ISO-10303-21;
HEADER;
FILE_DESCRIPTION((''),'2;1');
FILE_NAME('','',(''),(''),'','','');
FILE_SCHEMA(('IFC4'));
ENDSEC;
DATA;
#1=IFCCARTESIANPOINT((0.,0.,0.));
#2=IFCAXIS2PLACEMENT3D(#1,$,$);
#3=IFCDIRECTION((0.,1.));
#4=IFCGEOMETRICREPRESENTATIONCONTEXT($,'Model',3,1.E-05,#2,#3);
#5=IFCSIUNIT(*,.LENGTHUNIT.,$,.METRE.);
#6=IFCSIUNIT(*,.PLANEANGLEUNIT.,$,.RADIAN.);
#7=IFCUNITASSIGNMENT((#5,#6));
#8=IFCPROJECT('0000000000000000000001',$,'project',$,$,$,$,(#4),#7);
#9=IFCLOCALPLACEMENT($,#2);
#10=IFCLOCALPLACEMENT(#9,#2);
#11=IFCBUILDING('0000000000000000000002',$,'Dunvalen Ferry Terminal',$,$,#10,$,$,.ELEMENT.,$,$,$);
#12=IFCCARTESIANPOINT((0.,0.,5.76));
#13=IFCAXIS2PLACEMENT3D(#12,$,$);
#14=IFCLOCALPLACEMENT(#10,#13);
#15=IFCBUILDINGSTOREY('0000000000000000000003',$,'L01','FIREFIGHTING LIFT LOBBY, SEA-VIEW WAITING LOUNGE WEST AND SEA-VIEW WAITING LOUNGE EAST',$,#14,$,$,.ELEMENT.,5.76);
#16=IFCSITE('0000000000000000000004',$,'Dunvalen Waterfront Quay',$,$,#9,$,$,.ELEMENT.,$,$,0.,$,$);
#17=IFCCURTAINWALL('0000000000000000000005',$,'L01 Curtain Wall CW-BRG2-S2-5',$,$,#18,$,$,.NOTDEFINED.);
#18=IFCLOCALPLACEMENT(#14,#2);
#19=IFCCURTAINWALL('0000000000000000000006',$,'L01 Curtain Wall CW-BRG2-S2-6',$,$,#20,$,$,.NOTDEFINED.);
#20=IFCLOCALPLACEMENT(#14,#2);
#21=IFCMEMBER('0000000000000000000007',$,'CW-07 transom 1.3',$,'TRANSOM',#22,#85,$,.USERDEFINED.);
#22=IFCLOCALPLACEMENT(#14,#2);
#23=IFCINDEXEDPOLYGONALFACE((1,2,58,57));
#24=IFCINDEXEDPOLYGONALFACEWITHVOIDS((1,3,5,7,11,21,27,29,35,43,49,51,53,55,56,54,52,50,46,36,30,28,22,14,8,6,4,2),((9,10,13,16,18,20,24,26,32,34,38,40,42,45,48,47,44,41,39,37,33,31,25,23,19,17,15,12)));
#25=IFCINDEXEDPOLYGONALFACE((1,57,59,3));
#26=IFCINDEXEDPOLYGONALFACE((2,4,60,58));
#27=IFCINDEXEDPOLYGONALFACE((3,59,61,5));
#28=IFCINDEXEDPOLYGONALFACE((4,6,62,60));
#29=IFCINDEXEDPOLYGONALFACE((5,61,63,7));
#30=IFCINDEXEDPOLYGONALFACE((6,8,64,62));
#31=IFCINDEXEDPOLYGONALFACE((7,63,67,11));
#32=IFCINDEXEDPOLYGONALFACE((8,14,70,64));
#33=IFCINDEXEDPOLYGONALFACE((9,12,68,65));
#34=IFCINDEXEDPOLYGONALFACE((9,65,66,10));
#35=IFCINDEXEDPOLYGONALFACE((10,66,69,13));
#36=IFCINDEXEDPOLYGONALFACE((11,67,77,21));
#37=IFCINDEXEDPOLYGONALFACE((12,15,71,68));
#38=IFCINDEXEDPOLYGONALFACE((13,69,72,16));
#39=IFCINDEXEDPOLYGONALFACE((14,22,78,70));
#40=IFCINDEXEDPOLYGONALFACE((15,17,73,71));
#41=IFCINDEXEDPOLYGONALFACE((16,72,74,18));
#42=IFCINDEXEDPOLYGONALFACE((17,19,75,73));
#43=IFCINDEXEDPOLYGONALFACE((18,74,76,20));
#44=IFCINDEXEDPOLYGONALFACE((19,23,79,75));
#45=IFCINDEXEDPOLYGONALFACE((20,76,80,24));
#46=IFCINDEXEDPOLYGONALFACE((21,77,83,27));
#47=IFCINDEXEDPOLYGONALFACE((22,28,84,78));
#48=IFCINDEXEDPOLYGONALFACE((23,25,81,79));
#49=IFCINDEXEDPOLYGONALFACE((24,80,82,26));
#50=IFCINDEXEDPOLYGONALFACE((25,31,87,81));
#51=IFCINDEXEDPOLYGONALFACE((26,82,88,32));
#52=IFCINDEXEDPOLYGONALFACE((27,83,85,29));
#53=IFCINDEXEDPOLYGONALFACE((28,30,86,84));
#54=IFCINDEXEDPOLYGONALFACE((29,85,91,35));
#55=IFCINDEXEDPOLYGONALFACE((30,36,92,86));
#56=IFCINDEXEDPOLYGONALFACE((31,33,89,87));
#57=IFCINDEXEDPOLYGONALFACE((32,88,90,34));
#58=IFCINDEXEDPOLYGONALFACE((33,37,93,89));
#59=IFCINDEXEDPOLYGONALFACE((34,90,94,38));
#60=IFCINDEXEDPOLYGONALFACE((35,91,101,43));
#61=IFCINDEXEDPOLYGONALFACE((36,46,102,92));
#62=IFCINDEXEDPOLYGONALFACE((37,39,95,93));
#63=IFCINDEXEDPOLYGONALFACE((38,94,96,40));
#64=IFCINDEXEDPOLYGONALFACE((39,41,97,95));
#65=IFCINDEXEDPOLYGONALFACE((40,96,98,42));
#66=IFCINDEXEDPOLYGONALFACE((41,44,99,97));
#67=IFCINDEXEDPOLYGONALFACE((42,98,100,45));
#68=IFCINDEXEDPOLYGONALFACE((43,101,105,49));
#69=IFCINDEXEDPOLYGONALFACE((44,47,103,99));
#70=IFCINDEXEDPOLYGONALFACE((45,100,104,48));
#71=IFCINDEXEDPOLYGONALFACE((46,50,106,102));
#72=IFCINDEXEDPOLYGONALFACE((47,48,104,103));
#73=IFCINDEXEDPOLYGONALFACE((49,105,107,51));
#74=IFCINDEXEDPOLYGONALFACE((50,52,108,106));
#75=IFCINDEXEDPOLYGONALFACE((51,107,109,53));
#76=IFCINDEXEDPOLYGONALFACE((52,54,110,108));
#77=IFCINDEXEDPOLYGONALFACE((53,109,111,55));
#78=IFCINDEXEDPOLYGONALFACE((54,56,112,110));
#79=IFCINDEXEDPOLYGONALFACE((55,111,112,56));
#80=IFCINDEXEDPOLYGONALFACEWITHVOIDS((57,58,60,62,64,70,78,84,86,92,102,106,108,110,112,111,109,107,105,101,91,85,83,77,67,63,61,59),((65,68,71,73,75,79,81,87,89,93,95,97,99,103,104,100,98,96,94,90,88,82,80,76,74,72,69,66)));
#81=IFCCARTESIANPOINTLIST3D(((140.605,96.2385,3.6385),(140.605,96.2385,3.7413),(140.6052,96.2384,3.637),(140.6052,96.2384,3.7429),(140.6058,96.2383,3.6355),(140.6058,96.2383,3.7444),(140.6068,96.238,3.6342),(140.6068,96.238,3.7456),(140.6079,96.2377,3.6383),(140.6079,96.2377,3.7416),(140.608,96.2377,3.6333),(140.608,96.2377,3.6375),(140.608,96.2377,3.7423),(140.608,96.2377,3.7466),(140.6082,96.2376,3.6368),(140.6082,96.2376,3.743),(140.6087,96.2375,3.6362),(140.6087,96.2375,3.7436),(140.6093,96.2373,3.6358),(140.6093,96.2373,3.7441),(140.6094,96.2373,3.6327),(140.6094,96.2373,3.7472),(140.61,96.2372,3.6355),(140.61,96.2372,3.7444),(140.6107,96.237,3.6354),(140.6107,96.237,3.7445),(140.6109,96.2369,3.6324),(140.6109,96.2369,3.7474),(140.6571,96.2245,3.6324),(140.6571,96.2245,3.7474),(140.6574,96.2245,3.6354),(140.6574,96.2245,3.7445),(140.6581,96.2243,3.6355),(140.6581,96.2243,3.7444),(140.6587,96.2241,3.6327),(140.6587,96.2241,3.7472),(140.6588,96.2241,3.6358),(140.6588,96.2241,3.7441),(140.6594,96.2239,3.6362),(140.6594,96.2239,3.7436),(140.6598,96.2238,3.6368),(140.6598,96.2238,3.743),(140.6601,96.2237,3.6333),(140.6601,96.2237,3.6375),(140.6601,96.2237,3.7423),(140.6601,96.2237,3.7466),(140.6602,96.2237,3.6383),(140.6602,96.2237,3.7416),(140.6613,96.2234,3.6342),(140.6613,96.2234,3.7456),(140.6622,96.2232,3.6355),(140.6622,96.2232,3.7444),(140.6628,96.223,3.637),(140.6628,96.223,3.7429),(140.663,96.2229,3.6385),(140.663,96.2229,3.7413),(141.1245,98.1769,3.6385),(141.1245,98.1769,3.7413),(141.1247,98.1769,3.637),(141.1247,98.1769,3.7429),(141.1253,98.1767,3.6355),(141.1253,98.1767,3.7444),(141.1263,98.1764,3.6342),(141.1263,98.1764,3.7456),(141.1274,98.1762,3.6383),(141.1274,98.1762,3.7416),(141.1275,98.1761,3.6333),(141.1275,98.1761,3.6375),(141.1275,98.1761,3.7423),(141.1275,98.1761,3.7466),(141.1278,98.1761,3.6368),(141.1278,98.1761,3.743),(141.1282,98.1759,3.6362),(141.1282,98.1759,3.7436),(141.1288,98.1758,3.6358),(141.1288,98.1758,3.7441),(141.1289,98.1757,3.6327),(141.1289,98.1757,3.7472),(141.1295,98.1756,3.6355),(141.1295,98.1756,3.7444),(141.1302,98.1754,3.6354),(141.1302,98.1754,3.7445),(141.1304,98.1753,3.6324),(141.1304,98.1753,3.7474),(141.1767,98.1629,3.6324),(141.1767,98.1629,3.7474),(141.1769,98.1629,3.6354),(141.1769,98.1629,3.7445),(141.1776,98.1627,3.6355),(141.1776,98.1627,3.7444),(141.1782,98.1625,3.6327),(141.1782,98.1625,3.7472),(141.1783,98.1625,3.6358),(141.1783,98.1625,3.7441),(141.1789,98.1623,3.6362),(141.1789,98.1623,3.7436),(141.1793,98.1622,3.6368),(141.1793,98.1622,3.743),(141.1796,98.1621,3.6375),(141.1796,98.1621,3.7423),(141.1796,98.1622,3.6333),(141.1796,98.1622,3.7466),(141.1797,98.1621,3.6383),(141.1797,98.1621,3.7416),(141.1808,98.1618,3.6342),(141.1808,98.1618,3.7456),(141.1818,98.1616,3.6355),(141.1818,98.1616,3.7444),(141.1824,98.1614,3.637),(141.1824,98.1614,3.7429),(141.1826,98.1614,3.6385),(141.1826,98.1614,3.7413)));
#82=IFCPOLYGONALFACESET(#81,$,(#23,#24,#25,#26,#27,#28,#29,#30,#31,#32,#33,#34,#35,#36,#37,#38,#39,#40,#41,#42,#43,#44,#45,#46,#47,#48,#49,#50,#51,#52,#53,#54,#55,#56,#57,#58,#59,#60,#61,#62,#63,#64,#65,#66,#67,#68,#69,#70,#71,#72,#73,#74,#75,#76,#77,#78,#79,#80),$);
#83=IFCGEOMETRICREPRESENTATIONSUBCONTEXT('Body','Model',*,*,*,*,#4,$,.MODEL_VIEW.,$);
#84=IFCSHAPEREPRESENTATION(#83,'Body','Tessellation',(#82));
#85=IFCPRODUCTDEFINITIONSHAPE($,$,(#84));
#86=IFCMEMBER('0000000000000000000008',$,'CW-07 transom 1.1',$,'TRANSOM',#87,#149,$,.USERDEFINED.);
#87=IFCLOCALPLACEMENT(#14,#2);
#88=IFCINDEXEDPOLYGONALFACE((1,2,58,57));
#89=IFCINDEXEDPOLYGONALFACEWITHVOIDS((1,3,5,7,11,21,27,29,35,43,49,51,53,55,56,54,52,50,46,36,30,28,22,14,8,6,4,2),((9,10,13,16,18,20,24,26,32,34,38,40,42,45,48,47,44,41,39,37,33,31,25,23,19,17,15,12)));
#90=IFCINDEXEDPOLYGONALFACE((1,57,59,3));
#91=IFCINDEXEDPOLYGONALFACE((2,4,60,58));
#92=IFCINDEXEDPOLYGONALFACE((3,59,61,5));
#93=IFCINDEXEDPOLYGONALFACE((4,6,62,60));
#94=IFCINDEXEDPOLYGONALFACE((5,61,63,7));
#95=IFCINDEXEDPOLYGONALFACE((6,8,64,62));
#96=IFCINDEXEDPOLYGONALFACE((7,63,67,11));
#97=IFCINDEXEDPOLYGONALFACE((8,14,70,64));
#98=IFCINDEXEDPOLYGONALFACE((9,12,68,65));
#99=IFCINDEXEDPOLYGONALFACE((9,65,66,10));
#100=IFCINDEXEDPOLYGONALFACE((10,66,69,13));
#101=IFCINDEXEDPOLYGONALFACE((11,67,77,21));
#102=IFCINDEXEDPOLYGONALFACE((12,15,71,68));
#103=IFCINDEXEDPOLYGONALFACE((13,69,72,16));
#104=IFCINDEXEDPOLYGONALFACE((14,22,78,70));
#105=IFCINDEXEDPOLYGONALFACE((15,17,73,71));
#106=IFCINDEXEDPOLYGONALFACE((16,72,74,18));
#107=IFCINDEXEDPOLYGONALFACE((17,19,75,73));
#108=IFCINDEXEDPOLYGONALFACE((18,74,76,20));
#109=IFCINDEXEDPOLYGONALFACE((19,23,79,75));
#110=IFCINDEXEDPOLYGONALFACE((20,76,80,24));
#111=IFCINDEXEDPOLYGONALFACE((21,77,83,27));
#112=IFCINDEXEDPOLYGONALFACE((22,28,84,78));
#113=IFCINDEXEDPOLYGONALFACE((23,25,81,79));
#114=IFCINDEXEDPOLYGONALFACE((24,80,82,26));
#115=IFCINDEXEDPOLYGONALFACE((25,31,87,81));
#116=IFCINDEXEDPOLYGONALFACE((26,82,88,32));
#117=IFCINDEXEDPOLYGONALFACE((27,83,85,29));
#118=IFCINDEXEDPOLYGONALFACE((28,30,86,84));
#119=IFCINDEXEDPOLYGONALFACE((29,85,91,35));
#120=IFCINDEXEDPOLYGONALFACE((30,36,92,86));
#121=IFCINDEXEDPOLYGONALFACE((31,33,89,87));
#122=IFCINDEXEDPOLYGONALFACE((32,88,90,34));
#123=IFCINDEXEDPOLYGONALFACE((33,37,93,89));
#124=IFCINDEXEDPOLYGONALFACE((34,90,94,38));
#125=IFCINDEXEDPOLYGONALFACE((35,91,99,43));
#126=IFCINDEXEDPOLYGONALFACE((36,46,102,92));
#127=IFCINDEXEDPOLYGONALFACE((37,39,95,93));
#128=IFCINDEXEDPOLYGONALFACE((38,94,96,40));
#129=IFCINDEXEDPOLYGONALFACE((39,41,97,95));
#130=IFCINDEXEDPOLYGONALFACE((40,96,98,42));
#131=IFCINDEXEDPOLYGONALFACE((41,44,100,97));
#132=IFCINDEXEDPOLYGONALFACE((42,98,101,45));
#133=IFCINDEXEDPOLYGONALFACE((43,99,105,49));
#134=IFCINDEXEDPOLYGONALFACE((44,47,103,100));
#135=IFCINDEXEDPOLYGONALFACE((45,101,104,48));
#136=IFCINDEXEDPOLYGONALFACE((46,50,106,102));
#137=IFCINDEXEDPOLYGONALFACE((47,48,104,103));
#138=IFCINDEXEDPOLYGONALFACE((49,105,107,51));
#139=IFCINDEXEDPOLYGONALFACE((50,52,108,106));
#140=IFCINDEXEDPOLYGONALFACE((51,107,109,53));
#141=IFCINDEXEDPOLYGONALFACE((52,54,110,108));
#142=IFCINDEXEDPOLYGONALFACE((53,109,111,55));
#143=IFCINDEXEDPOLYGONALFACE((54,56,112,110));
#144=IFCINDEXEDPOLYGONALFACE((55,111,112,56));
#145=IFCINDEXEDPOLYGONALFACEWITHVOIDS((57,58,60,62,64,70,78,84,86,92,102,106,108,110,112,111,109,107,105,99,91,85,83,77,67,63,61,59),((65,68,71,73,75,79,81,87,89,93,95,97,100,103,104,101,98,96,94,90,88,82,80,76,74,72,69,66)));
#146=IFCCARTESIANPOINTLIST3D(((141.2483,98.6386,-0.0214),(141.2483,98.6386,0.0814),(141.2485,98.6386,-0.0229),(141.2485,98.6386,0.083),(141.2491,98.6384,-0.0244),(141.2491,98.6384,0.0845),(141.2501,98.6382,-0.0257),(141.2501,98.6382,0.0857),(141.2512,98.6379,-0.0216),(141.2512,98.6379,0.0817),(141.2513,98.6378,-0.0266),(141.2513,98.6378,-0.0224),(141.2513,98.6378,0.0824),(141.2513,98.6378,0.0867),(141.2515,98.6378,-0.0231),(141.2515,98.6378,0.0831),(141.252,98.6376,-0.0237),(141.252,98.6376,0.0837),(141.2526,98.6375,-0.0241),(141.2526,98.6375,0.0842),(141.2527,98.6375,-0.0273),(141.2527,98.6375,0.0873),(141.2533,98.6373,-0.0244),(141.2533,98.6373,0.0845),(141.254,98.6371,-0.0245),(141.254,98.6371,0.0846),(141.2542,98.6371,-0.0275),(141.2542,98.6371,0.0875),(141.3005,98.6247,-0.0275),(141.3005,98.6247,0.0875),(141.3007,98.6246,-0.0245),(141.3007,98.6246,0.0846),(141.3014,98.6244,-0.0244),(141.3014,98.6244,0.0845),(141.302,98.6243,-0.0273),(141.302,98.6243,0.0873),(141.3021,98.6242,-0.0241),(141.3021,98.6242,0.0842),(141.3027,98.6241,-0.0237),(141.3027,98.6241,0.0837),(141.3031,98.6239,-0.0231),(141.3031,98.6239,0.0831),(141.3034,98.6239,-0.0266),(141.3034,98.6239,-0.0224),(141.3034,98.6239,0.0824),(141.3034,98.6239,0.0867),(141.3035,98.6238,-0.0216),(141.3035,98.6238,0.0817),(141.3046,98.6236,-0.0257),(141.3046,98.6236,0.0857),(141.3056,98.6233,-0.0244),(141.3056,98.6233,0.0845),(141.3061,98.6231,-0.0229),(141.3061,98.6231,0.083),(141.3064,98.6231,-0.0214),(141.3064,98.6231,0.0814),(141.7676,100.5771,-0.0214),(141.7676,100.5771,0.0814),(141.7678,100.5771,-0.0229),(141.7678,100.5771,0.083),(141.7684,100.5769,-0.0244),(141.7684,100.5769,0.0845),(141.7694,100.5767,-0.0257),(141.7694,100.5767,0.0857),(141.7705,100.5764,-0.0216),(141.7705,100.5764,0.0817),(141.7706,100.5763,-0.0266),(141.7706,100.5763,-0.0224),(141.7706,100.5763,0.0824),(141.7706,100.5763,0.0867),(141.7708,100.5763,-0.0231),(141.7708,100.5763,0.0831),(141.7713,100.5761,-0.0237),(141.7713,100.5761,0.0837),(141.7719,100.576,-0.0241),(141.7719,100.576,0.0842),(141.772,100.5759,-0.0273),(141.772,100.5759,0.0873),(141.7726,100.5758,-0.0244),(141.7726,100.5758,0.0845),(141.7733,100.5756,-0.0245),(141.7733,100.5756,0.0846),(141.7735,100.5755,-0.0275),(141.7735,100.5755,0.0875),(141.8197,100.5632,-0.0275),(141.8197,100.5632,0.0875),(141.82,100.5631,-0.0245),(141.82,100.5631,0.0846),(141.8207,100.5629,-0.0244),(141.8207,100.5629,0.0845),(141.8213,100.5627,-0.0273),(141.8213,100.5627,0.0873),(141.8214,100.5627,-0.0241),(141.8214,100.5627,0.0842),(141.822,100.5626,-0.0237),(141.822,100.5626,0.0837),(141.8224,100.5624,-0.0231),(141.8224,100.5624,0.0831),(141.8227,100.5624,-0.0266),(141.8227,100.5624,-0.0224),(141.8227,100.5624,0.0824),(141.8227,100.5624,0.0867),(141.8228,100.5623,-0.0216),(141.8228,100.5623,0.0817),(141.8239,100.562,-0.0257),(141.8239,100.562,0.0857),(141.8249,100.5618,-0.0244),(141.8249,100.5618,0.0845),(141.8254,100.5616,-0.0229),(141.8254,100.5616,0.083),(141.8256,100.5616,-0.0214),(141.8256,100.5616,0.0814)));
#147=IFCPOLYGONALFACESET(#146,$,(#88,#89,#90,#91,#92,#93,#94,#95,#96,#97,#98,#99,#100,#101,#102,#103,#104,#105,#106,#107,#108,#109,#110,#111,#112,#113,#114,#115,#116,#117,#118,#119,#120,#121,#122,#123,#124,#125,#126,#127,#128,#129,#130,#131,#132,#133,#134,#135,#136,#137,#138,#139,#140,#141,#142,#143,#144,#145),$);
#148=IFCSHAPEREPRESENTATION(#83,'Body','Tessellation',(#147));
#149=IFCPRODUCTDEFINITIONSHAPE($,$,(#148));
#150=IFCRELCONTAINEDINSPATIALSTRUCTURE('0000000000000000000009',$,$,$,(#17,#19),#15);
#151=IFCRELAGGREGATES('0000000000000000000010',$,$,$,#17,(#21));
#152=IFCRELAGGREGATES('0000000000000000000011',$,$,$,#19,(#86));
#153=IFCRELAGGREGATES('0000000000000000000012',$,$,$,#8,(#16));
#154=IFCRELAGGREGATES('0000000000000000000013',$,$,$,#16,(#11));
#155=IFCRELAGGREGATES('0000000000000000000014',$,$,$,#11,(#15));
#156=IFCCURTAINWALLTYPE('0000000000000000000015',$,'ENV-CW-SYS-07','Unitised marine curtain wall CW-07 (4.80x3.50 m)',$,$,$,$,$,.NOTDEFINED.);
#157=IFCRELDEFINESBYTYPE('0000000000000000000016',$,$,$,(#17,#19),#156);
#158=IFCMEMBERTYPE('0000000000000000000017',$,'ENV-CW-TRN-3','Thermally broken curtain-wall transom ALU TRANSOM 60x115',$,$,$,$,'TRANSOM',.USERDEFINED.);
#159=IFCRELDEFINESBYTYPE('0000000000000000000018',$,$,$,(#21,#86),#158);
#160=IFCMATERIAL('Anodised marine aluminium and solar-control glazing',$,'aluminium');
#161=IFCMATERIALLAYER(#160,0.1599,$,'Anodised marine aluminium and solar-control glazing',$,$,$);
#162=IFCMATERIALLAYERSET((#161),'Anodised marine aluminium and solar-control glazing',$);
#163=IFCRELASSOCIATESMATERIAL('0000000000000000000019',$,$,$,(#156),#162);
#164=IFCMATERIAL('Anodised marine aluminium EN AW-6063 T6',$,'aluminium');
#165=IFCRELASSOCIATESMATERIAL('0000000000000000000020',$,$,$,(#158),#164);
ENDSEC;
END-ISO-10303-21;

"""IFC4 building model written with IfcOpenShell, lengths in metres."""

from ifc_helpers import new_model, si_unit, direction, frame, origin, origin_2d, place, context, subcontext, project, spatial, hollow_rectangle, extrude, material, layer, layer_set, material_profile, profile_set, type_object, element, aggregate, save


model = new_model("IFC4")

# Units and contexts
model_context = context("Model", 3, precision=1e-05, world=origin(), true_north=direction((0.0, 1.0)))
body_context = subcontext(model_context, "Body", "Model", "MODEL_VIEW")
ifc_project = project(units=[si_unit("LENGTHUNIT", "METRE"), si_unit("PLANEANGLEUNIT", "RADIAN")], contexts=[model_context])

# Site, building, storey
site_placement = place(None, origin())
site = spatial("IfcSite", under=ifc_project, at=site_placement, Name="Dunvalen Waterfront Quay", CompositionType="ELEMENT", RefElevation=0.0)
building_placement = place(site_placement, origin())
building = spatial("IfcBuilding", under=site, at=building_placement, Name="Dunvalen Ferry Terminal", CompositionType="ELEMENT")
storey_placement = place(building_placement, frame((0.0, 0.0, 5.76)))
storey = spatial("IfcBuildingStorey", under=building, at=storey_placement, Name="L01", Description="FIREFIGHTING LIFT LOBBY, SEA-VIEW WAITING LOUNGE WEST AND SEA-VIEW WAITING LOUNGE EAST", CompositionType="ELEMENT", Elevation=5.76)

# Curtain walls
ifc_material_1 = material(Name="Anodised marine aluminium and solar-control glazing", Category="aluminium")
ifc_layer_1 = layer(ifc_material_1, 0.1599, Name="Anodised marine aluminium and solar-control glazing")
ifc_layer_set_1 = layer_set([ifc_layer_1], Name="Anodised marine aluminium and solar-control glazing")
curtain_wall_type_1 = type_object("IfcCurtainWallType", Name="ENV-CW-SYS-07", Description="Unitised marine curtain wall CW-07 (4.80x3.50 m)", PredefinedType="NOTDEFINED", material=ifc_layer_set_1)
curtain_wall_1_placement = place(storey_placement, origin())
curtain_wall_1 = element("IfcCurtainWall", 1, at=curtain_wall_1_placement, inside=storey, type_object=curtain_wall_type_1, Name="L01 Curtain Wall CW-BRG2-S2-5", PredefinedType="NOTDEFINED")
ifc_material_2 = material(Name="Anodised marine aluminium EN AW-6063 T6", Category="aluminium")
curtain_wall_2_placement = place(storey_placement, origin())
curtain_wall_2 = element("IfcCurtainWall", 2, at=curtain_wall_2_placement, inside=storey, type_object=curtain_wall_type_1, Name="L01 Curtain Wall CW-BRG2-S2-6", PredefinedType="NOTDEFINED")

# Members
ifc_material_profile_1 = material_profile(ifc_material_2, hollow_rectangle(XDim=0.0601, YDim=0.115, WallThickness=0.0029, InnerFilletRadius=0.0029, OuterFilletRadius=0.0061, at=origin_2d()), Name="Anodised marine aluminium EN AW-6063 T6")
ifc_profile_set_1 = profile_set([ifc_material_profile_1], Name="Anodised marine aluminium EN AW-6063 T6")
member_type_1 = type_object("IfcMemberType", Name="ENV-CW-TRN-3", Description="Thermally broken curtain-wall transom ALU TRANSOM 60x115", ElementType="TRANSOM", PredefinedType="USERDEFINED", material=ifc_profile_set_1)
member_1_placement = place(storey_placement, frame((140.634, 96.2307, 3.6899), z_axis=(0.258874, 0.965911, 0.0), x_axis=(-0.965911, 0.258874, 0.0)))
member_1 = element("IfcMember", 3, at=member_1_placement, type_object=member_type_1, Name="CW-07 transom 1.3", ObjectType="TRANSOM", PredefinedType="USERDEFINED", context=body_context, shape_type="SweptSolid", body=[
    extrude(hollow_rectangle(XDim=0.0601, YDim=0.115, WallThickness=0.0029, InnerFilletRadius=0.0029, OuterFilletRadius=0.0061, at=origin_2d()), origin(), (0.0, 0.0, 1.0), 2.0068),
])
member_2_placement = place(storey_placement, frame((141.2773, 98.6309, 0.03), z_axis=(0.25876, 0.965942, 0.0), x_axis=(-0.965942, 0.25876, 0.0)))
member_2 = element("IfcMember", 4, at=member_2_placement, type_object=member_type_1, Name="CW-07 transom 1.1", ObjectType="TRANSOM", PredefinedType="USERDEFINED", context=body_context, shape_type="SweptSolid", body=[
    extrude(hollow_rectangle(XDim=0.0601, YDim=0.115, WallThickness=0.0029, InnerFilletRadius=0.0029, OuterFilletRadius=0.0061, at=origin_2d()), origin(), (0.0, 0.0, 1.0), 2.0068),
])

aggregate(curtain_wall_1, [member_1])
aggregate(curtain_wall_2, [member_2])

save(model, "model.ifc")
